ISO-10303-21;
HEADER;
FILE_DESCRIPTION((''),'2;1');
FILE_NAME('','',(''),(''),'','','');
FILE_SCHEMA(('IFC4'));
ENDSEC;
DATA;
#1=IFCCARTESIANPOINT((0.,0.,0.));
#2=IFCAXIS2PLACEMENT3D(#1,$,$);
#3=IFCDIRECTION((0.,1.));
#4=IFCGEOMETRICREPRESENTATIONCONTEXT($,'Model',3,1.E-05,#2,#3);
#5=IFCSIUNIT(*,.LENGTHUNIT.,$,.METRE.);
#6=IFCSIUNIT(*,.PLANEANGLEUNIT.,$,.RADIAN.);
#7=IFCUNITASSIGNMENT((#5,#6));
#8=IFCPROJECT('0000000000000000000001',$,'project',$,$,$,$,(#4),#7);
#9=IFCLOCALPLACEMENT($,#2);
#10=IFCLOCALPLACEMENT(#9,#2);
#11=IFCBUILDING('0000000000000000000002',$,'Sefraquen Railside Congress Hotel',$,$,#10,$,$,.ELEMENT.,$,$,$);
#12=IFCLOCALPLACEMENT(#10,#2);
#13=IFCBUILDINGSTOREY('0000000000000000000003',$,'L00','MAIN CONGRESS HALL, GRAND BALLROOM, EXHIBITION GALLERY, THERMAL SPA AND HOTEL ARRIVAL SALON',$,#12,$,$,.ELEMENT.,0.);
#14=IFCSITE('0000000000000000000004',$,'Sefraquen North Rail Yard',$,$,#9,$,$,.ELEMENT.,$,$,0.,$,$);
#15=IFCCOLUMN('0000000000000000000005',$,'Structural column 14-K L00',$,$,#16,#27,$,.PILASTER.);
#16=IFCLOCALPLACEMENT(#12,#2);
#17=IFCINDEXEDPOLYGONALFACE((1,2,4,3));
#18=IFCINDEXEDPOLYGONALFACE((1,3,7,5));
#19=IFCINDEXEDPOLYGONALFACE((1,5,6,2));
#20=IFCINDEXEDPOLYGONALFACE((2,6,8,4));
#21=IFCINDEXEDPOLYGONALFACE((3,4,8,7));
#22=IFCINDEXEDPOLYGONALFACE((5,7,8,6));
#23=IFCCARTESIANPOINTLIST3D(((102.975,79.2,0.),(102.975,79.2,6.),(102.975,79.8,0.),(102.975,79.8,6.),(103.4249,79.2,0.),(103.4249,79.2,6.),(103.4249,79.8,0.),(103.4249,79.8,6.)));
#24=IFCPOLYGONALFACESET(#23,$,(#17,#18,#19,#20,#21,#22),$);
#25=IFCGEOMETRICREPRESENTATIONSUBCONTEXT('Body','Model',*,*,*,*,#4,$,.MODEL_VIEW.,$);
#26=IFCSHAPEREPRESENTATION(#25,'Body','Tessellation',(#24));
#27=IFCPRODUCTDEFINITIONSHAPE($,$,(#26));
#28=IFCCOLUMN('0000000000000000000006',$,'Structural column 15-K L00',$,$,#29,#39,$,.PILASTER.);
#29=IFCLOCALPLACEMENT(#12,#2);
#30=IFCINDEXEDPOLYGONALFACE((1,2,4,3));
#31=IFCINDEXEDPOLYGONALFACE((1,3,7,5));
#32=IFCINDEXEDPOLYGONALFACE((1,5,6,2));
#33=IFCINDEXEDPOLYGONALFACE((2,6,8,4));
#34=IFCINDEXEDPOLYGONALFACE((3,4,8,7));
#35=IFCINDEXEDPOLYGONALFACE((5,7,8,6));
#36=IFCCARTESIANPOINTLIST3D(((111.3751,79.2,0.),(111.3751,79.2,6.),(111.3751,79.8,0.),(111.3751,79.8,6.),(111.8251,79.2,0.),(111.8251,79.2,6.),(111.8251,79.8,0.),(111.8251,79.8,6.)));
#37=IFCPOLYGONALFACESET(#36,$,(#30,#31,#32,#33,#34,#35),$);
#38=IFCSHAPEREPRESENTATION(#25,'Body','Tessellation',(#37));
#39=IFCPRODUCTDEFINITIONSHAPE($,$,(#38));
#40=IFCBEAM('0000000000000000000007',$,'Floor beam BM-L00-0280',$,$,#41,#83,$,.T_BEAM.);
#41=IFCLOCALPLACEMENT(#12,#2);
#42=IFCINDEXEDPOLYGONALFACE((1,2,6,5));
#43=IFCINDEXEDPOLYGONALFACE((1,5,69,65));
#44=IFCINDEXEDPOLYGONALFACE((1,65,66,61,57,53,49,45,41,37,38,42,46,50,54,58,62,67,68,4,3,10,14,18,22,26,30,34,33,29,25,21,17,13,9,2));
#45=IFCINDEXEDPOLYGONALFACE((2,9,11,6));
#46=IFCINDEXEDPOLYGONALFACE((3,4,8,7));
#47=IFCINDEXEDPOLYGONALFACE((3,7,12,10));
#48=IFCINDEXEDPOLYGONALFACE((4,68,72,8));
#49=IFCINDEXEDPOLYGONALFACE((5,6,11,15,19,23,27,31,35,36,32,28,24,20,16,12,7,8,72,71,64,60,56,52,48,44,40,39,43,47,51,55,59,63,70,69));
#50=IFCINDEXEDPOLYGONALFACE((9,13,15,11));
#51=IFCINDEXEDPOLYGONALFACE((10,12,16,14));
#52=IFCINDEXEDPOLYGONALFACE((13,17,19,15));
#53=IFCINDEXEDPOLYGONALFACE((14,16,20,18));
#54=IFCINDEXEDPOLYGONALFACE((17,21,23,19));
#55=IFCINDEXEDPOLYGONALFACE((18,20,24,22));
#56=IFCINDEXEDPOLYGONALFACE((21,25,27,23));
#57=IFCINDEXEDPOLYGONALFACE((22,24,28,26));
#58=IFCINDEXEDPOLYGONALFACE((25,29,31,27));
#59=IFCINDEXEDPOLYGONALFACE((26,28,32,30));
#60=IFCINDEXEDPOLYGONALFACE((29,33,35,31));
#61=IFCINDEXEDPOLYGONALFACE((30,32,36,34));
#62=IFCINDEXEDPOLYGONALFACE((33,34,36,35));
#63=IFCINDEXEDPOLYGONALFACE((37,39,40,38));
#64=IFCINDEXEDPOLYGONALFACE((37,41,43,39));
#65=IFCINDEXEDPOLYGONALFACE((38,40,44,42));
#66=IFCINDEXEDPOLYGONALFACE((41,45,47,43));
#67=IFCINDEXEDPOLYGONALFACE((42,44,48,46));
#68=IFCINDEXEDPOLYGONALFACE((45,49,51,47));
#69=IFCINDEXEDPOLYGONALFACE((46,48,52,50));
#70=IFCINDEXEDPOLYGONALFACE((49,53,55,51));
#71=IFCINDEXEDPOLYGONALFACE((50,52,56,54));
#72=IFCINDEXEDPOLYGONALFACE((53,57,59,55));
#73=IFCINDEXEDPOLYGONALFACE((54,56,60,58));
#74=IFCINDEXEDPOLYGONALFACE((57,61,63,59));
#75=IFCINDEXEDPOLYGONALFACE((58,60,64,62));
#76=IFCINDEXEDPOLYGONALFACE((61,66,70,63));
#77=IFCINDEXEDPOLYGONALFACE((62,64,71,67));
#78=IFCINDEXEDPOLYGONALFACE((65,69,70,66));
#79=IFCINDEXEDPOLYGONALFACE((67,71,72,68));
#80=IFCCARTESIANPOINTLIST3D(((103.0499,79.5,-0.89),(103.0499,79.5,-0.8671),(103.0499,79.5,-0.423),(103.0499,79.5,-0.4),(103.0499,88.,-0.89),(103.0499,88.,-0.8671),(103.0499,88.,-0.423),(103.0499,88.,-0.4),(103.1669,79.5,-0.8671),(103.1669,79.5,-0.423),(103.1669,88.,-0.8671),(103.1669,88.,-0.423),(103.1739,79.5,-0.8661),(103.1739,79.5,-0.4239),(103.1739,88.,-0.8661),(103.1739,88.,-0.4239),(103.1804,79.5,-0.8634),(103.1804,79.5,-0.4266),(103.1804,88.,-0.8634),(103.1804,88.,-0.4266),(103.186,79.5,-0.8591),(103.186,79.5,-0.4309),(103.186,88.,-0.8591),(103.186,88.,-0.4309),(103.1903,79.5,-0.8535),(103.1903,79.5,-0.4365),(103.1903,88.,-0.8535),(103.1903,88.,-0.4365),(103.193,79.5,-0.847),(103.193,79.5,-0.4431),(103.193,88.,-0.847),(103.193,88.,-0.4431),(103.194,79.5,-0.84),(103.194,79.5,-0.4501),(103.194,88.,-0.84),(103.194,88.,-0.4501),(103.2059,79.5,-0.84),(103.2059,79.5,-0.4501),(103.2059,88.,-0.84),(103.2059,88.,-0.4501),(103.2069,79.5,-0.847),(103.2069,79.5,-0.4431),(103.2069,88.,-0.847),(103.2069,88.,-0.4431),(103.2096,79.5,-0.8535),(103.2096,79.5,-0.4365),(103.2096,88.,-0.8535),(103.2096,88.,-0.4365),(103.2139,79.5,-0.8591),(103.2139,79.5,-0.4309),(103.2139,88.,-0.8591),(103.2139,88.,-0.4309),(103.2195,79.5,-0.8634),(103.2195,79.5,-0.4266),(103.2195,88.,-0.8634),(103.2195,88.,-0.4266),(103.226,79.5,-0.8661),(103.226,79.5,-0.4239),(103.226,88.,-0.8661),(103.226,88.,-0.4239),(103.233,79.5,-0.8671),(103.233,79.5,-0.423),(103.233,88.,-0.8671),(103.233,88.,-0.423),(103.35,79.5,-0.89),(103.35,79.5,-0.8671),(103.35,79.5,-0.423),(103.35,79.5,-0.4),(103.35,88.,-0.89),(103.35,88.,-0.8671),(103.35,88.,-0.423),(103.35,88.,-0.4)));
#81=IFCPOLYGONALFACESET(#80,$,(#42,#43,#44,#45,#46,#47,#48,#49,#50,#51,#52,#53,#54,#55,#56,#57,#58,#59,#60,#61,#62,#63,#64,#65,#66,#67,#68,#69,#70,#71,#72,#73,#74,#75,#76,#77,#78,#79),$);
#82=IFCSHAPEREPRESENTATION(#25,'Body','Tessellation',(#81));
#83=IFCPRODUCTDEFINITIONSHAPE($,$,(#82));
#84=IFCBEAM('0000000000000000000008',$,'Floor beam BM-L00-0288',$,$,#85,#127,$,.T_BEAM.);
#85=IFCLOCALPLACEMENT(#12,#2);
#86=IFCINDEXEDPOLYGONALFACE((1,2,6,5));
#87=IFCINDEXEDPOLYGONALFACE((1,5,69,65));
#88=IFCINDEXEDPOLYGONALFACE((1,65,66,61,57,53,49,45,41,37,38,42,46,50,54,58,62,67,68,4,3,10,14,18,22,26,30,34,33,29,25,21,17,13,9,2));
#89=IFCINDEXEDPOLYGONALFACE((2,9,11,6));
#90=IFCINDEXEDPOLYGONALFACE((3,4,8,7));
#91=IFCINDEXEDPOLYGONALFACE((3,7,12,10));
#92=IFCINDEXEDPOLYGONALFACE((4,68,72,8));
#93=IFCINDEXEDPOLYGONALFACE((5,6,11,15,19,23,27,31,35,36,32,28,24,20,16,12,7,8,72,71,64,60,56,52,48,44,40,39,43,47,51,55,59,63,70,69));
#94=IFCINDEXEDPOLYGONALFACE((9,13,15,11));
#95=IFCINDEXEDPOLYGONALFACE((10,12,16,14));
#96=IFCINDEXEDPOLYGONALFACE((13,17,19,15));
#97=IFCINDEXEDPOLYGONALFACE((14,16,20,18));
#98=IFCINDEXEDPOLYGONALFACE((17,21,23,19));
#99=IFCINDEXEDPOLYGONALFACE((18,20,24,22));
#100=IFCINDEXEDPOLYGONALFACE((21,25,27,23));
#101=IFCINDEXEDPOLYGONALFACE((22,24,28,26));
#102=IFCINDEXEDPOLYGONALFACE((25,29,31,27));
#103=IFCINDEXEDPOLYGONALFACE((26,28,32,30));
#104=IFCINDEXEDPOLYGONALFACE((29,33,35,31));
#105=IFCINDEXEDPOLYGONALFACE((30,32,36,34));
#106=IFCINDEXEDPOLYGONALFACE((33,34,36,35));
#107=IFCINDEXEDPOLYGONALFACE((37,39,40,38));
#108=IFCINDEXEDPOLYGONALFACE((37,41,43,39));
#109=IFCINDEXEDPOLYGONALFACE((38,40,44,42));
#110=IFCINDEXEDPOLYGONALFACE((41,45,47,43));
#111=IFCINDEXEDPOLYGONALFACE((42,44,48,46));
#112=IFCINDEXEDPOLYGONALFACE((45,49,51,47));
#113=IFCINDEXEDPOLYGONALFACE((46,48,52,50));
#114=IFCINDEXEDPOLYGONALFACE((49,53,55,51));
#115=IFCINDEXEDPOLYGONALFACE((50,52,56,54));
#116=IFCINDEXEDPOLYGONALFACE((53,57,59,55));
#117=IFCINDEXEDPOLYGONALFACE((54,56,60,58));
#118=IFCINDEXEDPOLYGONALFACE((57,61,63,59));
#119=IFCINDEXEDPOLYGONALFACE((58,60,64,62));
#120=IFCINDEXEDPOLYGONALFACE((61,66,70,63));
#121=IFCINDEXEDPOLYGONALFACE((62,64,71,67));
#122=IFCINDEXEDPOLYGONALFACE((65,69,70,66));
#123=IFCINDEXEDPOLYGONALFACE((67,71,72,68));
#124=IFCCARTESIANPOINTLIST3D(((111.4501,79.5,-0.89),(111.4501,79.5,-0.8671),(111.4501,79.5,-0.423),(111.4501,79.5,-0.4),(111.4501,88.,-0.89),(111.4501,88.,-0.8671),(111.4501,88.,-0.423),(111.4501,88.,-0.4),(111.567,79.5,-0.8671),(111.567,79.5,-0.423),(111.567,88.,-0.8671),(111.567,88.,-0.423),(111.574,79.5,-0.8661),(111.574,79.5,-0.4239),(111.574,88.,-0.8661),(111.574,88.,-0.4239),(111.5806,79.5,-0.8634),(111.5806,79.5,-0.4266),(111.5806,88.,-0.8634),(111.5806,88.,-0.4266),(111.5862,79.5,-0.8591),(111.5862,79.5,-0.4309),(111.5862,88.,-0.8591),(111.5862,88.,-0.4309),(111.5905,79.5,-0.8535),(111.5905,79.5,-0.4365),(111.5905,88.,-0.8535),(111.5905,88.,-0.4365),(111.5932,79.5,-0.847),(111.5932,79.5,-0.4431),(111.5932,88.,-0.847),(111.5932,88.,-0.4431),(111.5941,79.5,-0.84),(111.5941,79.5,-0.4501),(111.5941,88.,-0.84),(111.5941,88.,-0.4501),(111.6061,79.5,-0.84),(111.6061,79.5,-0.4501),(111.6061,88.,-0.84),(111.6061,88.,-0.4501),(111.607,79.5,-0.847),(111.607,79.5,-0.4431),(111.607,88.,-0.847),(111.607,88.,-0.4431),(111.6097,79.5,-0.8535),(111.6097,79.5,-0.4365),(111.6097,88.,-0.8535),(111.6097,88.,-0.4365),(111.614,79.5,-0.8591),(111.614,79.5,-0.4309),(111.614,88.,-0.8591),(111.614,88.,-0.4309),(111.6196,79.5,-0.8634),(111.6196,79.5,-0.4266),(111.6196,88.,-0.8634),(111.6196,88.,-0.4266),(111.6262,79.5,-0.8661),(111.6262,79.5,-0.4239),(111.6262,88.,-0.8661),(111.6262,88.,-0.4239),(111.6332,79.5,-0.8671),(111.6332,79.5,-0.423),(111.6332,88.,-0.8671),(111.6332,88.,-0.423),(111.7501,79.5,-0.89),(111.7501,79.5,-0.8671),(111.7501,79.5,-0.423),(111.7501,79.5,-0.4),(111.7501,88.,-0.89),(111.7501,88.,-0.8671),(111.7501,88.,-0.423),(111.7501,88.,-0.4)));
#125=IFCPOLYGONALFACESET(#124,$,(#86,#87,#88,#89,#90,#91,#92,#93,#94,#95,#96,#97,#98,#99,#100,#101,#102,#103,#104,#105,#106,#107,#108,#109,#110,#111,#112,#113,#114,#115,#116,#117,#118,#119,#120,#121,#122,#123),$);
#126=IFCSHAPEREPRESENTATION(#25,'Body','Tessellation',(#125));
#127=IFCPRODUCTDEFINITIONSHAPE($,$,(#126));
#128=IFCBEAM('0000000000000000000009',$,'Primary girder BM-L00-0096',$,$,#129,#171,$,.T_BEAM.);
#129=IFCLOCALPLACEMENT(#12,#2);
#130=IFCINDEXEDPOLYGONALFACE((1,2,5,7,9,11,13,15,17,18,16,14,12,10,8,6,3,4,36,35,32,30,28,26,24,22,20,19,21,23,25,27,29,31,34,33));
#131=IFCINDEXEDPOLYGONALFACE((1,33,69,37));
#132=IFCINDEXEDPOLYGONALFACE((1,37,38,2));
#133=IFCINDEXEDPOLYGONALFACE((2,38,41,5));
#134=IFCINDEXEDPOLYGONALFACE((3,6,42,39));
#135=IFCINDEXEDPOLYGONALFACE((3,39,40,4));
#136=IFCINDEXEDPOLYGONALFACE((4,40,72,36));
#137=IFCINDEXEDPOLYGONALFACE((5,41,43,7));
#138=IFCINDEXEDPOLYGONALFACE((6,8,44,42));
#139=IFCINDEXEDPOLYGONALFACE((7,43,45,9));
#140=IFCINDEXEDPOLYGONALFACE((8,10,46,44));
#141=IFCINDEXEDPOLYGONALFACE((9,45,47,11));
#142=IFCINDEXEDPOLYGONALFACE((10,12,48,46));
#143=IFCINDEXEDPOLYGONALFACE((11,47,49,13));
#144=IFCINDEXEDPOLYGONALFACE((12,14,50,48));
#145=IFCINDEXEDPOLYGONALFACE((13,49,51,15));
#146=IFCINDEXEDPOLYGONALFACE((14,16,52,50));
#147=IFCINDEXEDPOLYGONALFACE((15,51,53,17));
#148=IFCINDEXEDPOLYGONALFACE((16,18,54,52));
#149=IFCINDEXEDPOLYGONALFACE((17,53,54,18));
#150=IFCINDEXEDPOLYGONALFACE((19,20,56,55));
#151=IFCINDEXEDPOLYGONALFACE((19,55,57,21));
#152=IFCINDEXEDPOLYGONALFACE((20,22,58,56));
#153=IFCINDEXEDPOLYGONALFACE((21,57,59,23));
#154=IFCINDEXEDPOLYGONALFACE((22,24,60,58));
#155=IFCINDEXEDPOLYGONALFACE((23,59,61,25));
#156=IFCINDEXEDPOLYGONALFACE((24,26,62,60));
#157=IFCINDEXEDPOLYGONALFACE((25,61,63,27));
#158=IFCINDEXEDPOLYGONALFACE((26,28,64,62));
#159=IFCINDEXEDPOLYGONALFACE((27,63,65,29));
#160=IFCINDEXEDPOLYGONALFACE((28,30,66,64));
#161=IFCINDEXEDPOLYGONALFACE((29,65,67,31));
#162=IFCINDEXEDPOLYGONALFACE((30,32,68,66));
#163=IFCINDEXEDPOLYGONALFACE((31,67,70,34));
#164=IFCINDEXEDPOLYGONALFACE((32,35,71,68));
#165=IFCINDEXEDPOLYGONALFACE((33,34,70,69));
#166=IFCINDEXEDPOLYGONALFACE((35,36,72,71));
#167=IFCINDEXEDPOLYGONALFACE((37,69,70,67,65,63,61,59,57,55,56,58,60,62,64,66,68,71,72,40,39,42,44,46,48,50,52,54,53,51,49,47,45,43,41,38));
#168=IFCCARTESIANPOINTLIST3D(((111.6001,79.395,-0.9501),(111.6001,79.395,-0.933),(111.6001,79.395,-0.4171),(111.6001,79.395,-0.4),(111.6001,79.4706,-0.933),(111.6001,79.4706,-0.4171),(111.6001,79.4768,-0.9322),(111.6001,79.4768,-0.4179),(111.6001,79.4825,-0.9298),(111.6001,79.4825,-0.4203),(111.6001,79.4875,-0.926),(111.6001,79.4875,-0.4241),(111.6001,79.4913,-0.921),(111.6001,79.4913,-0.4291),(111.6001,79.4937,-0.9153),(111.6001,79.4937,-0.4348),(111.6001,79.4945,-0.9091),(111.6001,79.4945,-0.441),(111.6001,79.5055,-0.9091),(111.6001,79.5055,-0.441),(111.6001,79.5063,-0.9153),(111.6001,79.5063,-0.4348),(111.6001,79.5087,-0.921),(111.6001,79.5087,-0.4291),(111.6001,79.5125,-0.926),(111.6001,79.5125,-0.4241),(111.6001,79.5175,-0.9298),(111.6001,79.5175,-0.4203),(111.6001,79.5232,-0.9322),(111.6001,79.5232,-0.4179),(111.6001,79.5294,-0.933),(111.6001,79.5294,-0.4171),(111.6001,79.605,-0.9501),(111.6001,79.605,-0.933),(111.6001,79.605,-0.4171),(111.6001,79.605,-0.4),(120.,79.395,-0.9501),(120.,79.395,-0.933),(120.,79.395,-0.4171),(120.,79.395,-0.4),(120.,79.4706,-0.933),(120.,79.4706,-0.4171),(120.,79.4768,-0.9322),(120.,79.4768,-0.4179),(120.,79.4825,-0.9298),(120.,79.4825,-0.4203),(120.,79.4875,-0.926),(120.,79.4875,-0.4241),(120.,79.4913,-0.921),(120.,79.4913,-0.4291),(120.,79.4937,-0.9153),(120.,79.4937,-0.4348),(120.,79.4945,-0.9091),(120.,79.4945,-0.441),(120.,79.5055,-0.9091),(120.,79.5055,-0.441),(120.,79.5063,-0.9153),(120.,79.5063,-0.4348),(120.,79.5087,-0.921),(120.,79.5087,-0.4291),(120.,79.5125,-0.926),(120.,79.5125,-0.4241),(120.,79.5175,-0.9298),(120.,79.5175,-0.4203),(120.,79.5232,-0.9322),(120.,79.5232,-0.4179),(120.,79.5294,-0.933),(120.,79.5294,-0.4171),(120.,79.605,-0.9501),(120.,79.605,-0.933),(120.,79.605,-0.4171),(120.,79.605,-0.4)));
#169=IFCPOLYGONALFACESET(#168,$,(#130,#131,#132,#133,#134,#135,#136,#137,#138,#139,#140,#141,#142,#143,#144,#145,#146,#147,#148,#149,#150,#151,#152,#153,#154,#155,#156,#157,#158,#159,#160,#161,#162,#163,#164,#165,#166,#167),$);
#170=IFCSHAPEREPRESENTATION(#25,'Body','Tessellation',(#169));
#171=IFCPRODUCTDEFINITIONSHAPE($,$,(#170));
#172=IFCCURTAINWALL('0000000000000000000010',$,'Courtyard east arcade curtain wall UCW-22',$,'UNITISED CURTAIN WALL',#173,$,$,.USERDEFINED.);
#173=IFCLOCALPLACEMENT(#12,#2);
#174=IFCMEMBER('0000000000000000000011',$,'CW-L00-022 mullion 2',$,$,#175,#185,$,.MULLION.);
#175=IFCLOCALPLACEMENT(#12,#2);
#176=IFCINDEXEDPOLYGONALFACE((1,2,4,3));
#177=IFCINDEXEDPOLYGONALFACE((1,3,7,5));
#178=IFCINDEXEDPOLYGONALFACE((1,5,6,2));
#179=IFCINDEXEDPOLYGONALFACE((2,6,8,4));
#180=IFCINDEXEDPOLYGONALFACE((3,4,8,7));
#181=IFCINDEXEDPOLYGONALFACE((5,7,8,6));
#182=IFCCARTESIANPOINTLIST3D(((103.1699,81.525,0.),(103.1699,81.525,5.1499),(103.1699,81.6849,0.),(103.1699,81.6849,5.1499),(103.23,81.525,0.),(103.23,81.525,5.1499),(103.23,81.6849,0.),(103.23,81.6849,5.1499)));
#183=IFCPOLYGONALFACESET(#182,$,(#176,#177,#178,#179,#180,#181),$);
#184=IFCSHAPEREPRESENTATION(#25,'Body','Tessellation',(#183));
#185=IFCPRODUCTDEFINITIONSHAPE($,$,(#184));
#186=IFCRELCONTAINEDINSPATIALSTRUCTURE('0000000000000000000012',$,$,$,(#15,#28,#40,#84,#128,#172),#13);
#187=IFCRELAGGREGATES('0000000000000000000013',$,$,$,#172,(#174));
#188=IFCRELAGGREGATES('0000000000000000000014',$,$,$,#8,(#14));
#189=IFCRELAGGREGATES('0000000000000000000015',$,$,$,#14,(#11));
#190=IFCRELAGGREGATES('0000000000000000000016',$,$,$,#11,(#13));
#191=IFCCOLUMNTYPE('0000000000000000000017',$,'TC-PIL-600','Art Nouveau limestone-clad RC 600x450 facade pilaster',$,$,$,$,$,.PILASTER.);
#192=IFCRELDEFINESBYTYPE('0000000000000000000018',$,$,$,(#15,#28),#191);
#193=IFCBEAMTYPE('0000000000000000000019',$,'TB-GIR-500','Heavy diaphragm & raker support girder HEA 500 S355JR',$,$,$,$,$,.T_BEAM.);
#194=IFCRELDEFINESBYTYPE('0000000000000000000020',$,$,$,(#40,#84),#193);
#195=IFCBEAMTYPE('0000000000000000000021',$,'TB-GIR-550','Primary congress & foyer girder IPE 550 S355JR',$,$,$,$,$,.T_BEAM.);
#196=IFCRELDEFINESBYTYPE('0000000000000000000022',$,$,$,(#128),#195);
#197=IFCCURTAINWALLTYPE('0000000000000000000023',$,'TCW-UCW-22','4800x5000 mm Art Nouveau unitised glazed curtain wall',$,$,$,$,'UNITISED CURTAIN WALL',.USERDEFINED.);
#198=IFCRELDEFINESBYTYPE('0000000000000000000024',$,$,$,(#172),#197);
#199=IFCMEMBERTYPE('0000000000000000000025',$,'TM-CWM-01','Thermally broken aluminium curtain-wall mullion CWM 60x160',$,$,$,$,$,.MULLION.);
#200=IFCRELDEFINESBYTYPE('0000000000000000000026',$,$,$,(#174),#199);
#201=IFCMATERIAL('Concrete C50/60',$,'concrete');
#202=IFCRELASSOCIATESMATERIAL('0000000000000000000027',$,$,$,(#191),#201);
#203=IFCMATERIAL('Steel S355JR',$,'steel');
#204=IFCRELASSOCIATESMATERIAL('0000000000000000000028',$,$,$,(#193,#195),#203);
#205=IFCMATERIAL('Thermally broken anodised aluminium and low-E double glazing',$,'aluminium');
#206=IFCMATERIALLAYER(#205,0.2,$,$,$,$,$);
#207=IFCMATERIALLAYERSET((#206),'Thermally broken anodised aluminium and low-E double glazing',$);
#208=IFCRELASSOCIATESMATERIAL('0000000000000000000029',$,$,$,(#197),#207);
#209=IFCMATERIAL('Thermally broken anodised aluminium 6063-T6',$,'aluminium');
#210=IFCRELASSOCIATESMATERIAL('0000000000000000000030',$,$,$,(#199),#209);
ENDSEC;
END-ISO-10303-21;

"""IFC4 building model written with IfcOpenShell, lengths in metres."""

from ifc_helpers import new_model, si_unit, direction, frame, origin, origin_2d, place, context, subcontext, project, spatial, rectangle, i_section, extrude, material, layer, layer_set, material_profile, profile_set, type_object, element, aggregate, save


model = new_model("IFC4")

# Units and contexts
model_context = context("Model", 3, precision=1e-05, world=origin(), true_north=direction((0.0, 1.0)))
body_context = subcontext(model_context, "Body", "Model", "MODEL_VIEW")
ifc_project = project(units=[si_unit("LENGTHUNIT", "METRE"), si_unit("PLANEANGLEUNIT", "RADIAN")], contexts=[model_context])

# Site, building, storey
site_placement = place(None, origin())
site = spatial("IfcSite", under=ifc_project, at=site_placement, Name="Sefraquen North Rail Yard", CompositionType="ELEMENT", RefElevation=0.0)
building_placement = place(site_placement, origin())
building = spatial("IfcBuilding", under=site, at=building_placement, Name="Sefraquen Railside Congress Hotel", CompositionType="ELEMENT")
storey_placement = place(building_placement, origin())
storey = spatial("IfcBuildingStorey", under=building, at=storey_placement, Name="L00", Description="MAIN CONGRESS HALL, GRAND BALLROOM, EXHIBITION GALLERY, THERMAL SPA AND HOTEL ARRIVAL SALON", CompositionType="ELEMENT", Elevation=0.0)

# Columns
ifc_material_1 = material(Name="Concrete C50/60", Category="concrete")
ifc_material_profile_1 = material_profile(ifc_material_1, rectangle(XDim=0.45, YDim=0.6001, at=origin_2d()), Name="RC 600x450")
ifc_profile_set_1 = profile_set([ifc_material_profile_1], Name="Concrete C50/60")
column_type = type_object("IfcColumnType", Name="TC-PIL-600", Description="Art Nouveau limestone-clad RC 600x450 facade pilaster", PredefinedType="PILASTER", material=ifc_profile_set_1)
for number, where, z_axis, x_axis, name in (
    (1, (103.2, 79.5, 0.0), (0.0, 0.0, 1.0), (1.0, 0.0, 0.0), "Structural column 14-K L00"),
    (2, (111.6001, 79.5, 0.0), (0.0, 0.0, 1.0), (1.0, 0.0, 0.0), "Structural column 15-K L00"),
):
    element("IfcColumn", number, at=place(storey_placement, frame(where, z_axis=z_axis, x_axis=x_axis)), inside=storey, type_object=column_type, Name=name, PredefinedType="PILASTER", context=body_context, shape_type="SweptSolid", body=[
        extrude(rectangle(XDim=0.45, YDim=0.6001, at=origin_2d()), origin(), (0.0, 0.0, 1.0), 6.0),
    ])

# Beams
ifc_material_2 = material(Name="Steel S355JR", Category="steel")
ifc_material_profile_2 = material_profile(ifc_material_2, i_section(OverallWidth=0.3, OverallDepth=0.49, WebThickness=0.012, FlangeThickness=0.0229, FilletRadius=0.0271, at=origin_2d()), Name="HEA 500")
ifc_profile_set_2 = profile_set([ifc_material_profile_2], Name="Steel S355JR")
beam_type_1 = type_object("IfcBeamType", Name="TB-GIR-500", Description="Heavy diaphragm & raker support girder HEA 500 S355JR", PredefinedType="T_BEAM", material=ifc_profile_set_2)
for number, where, z_axis, x_axis, name in (
    (3, (103.2, 79.5, -0.645), (0.0, 1.0, 0.0), (-1.0, 0.0, 0.0), "Floor beam BM-L00-0280"),
    (4, (111.6001, 79.5, -0.645), (0.0, 1.0, 0.0), (-1.0, 0.0, 0.0), "Floor beam BM-L00-0288"),
):
    element("IfcBeam", number, at=place(storey_placement, frame(where, z_axis=z_axis, x_axis=x_axis)), inside=storey, type_object=beam_type_1, Name=name, PredefinedType="T_BEAM", context=body_context, shape_type="SweptSolid", body=[
        extrude(i_section(OverallWidth=0.3, OverallDepth=0.49, WebThickness=0.012, FlangeThickness=0.0229, FilletRadius=0.0271, at=origin_2d()), origin(), (0.0, 0.0, 1.0), 8.5),
    ])
ifc_material_profile_3 = material_profile(ifc_material_2, i_section(OverallWidth=0.21, OverallDepth=0.55, WebThickness=0.011, FlangeThickness=0.0171, FilletRadius=0.0239, at=origin_2d()), Name="IPE 550")
ifc_profile_set_3 = profile_set([ifc_material_profile_3], Name="Steel S355JR")
beam_type_2 = type_object("IfcBeamType", Name="TB-GIR-550", Description="Primary congress & foyer girder IPE 550 S355JR", PredefinedType="T_BEAM", material=ifc_profile_set_3)
beam_placement = place(storey_placement, frame((111.6001, 79.5, -0.675), z_axis=(1.0, 0.0, 0.0), x_axis=(0.0, 1.0, 0.0)))
element("IfcBeam", 5, at=beam_placement, inside=storey, type_object=beam_type_2, Name="Primary girder BM-L00-0096", PredefinedType="T_BEAM", context=body_context, shape_type="SweptSolid", body=[
    extrude(i_section(OverallWidth=0.21, OverallDepth=0.55, WebThickness=0.011, FlangeThickness=0.0171, FilletRadius=0.0239, at=origin_2d()), origin(), (0.0, 0.0, 1.0), 8.3999),
])

# Curtain wall, member
ifc_material_3 = material(Name="Thermally broken anodised aluminium and low-E double glazing", Category="aluminium")
ifc_layer_1 = layer(ifc_material_3, 0.2)
ifc_layer_set_1 = layer_set([ifc_layer_1], Name="Thermally broken anodised aluminium and low-E double glazing")
curtain_wall_type_1 = type_object("IfcCurtainWallType", Name="TCW-UCW-22", Description="4800x5000 mm Art Nouveau unitised glazed curtain wall", ElementType="UNITISED CURTAIN WALL", PredefinedType="USERDEFINED", material=ifc_layer_set_1)
curtain_wall_1_placement = place(storey_placement, origin())
curtain_wall_1 = element("IfcCurtainWall", 6, at=curtain_wall_1_placement, inside=storey, type_object=curtain_wall_type_1, Name="Courtyard east arcade curtain wall UCW-22", ObjectType="UNITISED CURTAIN WALL", PredefinedType="USERDEFINED")
ifc_material_4 = material(Name="Thermally broken anodised aluminium 6063-T6", Category="aluminium")
ifc_material_profile_4 = material_profile(ifc_material_4, rectangle(XDim=0.0601, YDim=0.1599, at=origin_2d()), Name="CWM 60x160")
ifc_profile_set_4 = profile_set([ifc_material_profile_4], Name="Thermally broken anodised aluminium 6063-T6")
member_type_1 = type_object("IfcMemberType", Name="TM-CWM-01", Description="Thermally broken aluminium curtain-wall mullion CWM 60x160", PredefinedType="MULLION", material=ifc_profile_set_4)
member_1_placement = place(storey_placement, frame((103.2, 81.605, 0.0), z_axis=(0.0, 0.0, 1.0), x_axis=(1.0, 0.0, 0.0)))
member_1 = element("IfcMember", 7, at=member_1_placement, type_object=member_type_1, Name="CW-L00-022 mullion 2", PredefinedType="MULLION", context=body_context, shape_type="SweptSolid", body=[
    extrude(rectangle(XDim=0.0601, YDim=0.1599, at=origin_2d()), origin(), (0.0, 0.0, 1.0), 5.1499),
])

aggregate(curtain_wall_1, [member_1])

save(model, "model.ifc")
